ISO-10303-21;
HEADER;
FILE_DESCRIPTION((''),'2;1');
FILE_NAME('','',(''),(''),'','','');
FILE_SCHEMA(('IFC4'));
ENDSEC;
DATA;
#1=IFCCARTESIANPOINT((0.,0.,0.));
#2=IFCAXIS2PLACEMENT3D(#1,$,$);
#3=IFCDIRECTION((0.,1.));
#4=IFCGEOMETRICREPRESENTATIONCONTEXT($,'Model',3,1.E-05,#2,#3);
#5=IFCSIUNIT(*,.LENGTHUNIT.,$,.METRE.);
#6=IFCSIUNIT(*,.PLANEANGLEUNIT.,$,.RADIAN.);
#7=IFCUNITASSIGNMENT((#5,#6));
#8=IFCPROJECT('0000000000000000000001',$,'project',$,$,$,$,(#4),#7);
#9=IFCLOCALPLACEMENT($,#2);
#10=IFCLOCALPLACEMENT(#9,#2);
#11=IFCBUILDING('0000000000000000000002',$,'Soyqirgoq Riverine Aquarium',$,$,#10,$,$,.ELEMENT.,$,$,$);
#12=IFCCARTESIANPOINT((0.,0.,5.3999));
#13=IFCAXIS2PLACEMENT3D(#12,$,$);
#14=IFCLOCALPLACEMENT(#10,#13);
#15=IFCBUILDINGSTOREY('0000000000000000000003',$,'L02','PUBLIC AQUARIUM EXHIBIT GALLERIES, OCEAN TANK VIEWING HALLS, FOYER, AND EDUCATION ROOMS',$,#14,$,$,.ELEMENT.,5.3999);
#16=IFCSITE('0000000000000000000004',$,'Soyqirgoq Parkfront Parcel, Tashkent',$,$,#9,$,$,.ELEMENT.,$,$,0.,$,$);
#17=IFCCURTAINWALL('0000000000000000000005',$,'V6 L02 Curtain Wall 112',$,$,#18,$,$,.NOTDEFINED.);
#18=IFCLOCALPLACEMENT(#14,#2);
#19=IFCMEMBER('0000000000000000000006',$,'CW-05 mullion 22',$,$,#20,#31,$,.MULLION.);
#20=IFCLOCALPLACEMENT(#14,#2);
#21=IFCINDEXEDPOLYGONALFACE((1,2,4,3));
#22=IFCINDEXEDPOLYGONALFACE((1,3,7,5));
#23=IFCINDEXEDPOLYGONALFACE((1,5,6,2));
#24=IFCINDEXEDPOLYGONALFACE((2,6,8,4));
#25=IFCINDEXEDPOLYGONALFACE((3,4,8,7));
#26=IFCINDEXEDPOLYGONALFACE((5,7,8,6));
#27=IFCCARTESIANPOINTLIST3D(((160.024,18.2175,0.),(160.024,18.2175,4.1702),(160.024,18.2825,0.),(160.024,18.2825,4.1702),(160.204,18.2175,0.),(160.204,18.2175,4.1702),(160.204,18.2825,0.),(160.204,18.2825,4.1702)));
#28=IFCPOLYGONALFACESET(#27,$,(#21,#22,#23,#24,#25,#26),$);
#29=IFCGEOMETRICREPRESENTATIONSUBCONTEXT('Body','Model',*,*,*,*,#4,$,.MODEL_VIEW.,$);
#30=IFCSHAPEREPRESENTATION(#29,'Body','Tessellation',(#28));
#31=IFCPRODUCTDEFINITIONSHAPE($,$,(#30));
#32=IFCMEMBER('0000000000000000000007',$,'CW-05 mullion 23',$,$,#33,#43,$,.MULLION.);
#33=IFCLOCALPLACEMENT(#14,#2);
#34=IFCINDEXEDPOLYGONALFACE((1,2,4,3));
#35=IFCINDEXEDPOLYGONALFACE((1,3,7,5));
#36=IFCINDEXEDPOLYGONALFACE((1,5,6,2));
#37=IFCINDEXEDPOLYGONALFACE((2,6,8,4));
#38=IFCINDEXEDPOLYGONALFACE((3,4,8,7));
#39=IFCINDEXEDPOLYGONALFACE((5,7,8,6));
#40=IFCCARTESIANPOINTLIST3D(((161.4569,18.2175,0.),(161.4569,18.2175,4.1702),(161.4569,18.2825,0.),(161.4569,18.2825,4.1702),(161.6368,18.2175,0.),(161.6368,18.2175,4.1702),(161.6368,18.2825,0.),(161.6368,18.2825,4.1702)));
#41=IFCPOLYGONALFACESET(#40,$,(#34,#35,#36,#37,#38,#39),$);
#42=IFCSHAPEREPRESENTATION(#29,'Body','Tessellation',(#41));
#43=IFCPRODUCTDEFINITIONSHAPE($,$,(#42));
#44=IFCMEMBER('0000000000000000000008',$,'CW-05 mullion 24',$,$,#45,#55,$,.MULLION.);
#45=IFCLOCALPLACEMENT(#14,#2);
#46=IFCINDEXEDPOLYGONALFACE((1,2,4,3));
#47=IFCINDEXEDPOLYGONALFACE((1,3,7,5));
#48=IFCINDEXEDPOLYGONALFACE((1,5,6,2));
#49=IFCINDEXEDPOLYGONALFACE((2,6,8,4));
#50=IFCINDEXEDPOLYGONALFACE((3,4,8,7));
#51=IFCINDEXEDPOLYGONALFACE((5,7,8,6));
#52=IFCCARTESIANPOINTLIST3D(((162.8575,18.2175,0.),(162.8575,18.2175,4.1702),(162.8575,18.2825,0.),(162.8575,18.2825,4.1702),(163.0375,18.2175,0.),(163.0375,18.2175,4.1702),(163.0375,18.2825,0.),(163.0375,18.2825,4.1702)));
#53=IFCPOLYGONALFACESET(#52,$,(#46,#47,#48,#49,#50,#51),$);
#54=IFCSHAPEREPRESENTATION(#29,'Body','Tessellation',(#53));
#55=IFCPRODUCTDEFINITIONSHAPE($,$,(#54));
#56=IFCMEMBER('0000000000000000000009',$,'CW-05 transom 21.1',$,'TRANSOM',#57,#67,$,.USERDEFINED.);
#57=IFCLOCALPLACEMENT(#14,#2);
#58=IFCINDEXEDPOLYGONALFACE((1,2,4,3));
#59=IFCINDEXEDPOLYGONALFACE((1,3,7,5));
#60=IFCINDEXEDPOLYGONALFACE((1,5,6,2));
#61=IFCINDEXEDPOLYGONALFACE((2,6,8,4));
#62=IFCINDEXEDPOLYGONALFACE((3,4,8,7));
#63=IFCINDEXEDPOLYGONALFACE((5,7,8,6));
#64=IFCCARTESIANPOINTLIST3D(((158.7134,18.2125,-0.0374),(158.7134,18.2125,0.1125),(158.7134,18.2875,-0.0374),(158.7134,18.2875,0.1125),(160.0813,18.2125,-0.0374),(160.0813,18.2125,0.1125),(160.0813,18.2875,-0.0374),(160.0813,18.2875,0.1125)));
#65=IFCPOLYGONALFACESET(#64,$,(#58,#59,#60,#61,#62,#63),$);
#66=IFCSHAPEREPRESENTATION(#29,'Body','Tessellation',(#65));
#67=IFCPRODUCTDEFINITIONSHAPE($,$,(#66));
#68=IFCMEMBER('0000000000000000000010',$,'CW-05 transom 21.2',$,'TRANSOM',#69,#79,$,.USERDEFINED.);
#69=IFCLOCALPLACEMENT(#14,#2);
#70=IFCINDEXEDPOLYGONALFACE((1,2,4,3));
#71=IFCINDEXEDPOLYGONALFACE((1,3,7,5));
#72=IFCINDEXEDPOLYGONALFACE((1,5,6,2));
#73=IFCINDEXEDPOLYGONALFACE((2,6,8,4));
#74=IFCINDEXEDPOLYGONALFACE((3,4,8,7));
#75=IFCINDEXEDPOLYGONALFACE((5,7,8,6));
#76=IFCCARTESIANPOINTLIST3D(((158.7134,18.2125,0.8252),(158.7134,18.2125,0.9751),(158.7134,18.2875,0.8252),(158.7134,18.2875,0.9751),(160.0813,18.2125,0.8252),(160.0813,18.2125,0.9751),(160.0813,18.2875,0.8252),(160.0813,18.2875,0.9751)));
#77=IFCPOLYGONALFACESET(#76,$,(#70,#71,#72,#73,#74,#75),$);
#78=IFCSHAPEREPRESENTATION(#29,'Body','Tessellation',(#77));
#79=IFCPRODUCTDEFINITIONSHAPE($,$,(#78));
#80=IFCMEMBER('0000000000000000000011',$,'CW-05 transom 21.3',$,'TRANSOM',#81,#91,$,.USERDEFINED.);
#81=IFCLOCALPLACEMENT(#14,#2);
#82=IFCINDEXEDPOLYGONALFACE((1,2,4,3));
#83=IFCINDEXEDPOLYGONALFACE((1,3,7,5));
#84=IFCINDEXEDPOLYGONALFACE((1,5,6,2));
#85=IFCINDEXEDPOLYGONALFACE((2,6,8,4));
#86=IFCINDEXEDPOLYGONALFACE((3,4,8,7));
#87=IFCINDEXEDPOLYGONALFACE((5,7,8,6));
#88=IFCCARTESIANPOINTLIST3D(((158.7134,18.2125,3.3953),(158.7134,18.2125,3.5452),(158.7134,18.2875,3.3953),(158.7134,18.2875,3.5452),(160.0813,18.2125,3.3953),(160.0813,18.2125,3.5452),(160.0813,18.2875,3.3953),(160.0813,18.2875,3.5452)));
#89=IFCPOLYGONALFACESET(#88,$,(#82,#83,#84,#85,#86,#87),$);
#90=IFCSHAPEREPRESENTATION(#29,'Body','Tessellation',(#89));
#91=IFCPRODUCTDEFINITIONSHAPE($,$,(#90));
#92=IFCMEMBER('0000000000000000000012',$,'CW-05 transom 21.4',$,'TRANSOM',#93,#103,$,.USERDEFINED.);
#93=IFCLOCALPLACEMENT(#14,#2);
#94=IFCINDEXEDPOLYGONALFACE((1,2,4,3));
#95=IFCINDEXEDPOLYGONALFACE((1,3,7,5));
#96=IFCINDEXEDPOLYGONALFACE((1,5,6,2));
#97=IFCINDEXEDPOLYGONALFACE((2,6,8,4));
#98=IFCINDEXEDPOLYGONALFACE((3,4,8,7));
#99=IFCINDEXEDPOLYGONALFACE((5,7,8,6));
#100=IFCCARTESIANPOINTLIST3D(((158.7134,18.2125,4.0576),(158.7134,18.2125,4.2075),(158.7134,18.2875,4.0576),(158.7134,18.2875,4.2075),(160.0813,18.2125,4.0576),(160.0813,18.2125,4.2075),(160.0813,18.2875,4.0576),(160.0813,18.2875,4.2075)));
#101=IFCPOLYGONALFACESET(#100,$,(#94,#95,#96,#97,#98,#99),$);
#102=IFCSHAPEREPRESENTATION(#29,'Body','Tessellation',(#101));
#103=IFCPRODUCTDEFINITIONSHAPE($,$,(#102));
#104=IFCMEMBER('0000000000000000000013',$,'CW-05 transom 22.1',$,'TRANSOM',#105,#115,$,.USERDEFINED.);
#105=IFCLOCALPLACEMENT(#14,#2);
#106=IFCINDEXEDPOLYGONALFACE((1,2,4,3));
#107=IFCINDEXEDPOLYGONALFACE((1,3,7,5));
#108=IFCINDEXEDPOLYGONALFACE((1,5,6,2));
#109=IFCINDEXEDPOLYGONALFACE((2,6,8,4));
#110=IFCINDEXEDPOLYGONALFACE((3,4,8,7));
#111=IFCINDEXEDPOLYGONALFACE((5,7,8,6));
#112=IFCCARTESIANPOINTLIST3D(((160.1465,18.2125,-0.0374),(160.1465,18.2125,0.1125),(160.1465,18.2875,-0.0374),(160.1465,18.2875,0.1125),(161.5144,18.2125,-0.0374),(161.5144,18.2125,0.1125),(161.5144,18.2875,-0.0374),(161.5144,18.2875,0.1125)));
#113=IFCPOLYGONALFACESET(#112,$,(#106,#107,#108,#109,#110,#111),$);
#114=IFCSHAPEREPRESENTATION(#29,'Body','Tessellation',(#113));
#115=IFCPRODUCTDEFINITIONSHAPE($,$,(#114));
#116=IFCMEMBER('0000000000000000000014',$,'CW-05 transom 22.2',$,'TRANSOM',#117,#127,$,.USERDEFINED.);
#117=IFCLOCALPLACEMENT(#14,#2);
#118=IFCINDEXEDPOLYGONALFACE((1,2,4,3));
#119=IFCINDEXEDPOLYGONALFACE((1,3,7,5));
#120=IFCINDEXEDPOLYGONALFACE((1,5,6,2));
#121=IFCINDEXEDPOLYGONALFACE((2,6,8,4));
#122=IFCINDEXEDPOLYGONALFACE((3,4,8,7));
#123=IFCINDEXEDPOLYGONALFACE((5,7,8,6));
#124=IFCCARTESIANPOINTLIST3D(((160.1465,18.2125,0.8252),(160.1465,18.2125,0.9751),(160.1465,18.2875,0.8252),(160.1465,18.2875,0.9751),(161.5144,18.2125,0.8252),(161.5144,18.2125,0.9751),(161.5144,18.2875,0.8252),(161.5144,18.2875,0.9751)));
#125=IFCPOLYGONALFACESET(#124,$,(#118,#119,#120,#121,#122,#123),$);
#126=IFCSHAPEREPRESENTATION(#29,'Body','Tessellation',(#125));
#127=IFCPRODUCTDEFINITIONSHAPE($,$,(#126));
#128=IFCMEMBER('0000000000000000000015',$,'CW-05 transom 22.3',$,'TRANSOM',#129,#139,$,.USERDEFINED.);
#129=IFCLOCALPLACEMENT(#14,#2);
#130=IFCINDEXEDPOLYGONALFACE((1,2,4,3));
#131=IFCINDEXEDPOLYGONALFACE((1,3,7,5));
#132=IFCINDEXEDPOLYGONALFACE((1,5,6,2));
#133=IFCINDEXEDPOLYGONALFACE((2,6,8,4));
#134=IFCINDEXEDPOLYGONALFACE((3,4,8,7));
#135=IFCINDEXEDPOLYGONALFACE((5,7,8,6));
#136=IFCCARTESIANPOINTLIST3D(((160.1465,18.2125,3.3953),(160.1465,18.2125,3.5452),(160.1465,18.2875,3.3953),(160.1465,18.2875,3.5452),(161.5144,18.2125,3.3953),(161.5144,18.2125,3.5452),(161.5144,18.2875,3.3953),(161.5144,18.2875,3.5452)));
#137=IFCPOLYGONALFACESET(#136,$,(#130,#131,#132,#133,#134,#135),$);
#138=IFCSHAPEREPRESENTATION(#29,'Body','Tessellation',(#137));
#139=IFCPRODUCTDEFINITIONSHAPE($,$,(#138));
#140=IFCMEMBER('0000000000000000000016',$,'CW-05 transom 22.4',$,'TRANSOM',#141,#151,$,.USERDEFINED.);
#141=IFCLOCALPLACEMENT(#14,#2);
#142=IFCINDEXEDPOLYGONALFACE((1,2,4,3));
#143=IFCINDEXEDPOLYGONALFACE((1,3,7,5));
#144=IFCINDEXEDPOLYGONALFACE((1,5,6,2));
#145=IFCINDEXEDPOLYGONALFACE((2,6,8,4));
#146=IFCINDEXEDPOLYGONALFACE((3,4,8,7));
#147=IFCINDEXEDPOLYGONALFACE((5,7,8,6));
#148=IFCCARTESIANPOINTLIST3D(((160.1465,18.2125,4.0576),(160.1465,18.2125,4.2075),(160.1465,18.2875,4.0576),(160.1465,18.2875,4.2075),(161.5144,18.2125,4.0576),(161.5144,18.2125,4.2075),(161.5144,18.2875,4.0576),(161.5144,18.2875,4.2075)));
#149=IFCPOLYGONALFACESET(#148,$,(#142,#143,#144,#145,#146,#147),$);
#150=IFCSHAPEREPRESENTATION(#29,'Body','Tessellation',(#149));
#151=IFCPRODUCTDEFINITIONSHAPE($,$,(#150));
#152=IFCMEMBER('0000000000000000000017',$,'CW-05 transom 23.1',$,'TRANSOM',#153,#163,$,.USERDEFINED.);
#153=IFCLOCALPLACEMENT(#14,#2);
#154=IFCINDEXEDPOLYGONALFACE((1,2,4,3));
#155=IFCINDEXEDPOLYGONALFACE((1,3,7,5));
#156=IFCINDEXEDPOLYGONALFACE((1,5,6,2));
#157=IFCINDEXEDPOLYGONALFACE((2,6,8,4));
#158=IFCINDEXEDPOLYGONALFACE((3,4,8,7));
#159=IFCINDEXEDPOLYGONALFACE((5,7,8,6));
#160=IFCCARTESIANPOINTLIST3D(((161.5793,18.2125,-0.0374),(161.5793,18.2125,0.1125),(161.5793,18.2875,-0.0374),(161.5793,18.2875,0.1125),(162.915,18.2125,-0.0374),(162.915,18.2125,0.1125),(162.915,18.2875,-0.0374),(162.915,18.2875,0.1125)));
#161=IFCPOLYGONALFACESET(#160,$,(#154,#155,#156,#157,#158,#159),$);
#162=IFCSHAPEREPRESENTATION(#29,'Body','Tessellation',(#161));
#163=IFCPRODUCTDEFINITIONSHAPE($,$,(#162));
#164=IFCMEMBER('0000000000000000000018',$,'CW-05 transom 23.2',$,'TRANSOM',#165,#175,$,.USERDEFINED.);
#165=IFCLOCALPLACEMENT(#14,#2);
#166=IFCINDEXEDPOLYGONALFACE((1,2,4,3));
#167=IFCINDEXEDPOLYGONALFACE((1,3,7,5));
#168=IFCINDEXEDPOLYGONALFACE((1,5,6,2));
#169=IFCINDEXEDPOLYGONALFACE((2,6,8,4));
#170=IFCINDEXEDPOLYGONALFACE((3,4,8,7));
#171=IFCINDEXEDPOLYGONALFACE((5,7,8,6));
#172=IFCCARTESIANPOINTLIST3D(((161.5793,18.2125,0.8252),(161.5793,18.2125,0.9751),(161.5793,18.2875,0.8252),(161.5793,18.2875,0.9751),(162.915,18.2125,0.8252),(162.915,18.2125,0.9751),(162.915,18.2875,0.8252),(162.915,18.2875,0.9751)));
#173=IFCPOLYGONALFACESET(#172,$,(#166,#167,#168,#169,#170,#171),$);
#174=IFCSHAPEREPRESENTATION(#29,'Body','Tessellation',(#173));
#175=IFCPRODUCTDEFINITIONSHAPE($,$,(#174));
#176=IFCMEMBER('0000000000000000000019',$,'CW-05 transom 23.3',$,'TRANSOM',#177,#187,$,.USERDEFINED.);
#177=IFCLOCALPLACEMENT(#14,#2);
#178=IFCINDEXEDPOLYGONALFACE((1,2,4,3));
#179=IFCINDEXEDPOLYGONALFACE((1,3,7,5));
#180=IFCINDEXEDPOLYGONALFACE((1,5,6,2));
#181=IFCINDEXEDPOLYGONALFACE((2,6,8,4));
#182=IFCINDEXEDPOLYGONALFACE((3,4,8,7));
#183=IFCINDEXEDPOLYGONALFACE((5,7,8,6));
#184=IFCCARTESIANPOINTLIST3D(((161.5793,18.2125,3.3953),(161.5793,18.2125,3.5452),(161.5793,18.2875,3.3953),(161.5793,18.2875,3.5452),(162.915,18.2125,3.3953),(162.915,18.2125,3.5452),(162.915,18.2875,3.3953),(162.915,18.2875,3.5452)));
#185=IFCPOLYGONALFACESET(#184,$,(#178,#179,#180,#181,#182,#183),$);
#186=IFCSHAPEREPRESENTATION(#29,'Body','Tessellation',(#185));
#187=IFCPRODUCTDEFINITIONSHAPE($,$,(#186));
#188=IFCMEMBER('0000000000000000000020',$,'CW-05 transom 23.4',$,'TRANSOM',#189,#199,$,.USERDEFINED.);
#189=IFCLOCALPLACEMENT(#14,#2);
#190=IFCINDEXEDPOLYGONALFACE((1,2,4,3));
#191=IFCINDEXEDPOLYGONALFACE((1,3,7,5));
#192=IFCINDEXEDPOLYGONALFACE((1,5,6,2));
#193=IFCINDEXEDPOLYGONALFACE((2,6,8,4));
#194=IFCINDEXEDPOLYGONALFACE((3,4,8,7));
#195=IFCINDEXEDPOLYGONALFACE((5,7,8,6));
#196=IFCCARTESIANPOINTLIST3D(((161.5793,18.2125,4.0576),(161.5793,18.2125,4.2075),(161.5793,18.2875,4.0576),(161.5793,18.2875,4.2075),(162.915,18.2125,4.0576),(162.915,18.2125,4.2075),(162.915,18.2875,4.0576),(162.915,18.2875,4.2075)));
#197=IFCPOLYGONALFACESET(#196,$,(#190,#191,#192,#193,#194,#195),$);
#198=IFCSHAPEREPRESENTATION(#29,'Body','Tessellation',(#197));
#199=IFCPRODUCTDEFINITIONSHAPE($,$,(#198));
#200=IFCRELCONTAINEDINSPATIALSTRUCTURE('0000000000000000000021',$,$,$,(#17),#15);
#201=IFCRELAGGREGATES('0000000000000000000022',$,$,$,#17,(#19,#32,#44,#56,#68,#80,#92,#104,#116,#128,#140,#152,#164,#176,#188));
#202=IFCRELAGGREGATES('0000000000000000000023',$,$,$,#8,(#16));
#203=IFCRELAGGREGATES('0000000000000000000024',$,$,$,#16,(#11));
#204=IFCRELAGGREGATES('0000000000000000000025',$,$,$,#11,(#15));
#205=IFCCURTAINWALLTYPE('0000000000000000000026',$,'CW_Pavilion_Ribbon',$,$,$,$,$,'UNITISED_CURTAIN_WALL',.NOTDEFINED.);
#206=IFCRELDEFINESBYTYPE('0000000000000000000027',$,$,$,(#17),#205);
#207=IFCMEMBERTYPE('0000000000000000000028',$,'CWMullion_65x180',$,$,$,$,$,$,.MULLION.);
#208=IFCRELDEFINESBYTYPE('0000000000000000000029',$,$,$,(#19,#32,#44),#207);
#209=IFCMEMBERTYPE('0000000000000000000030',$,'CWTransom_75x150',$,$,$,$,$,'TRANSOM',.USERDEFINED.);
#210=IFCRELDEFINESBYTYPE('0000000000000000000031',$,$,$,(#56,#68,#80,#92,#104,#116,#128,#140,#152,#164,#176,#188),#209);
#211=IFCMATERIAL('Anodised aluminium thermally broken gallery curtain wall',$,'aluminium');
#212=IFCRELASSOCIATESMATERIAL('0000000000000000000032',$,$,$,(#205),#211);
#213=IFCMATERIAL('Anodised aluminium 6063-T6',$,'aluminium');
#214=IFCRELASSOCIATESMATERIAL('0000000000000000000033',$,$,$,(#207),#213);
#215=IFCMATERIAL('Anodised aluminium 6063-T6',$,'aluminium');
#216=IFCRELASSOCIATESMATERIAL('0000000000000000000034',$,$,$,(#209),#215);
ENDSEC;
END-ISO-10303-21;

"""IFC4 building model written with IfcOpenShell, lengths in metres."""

from ifc_helpers import new_model, si_unit, direction, frame, origin, origin_2d, place, context, subcontext, project, spatial, rectangle, extrude, material, material_profile, profile_set, type_object, element, aggregate, save


model = new_model("IFC4")

# Units and contexts
model_context = context("Model", 3, precision=1e-05, world=origin(), true_north=direction((0.0, 1.0)))
body_context = subcontext(model_context, "Body", "Model", "MODEL_VIEW")
ifc_project = project(units=[si_unit("LENGTHUNIT", "METRE"), si_unit("PLANEANGLEUNIT", "RADIAN")], contexts=[model_context])

# Site, building, storey
site_placement = place(None, origin())
site = spatial("IfcSite", under=ifc_project, at=site_placement, Name="Soyqirgoq Parkfront Parcel, Tashkent", CompositionType="ELEMENT", RefElevation=0.0)
building_placement = place(site_placement, origin())
building = spatial("IfcBuilding", under=site, at=building_placement, Name="Soyqirgoq Riverine Aquarium", CompositionType="ELEMENT")
storey_placement = place(building_placement, frame((0.0, 0.0, 5.3999)))
storey = spatial("IfcBuildingStorey", under=building, at=storey_placement, Name="L02", Description="PUBLIC AQUARIUM EXHIBIT GALLERIES, OCEAN TANK VIEWING HALLS, FOYER, AND EDUCATION ROOMS", CompositionType="ELEMENT", Elevation=5.3999)

# Curtain wall, members
ifc_material_1 = material(Name="Anodised aluminium thermally broken gallery curtain wall", Category="aluminium")
curtain_wall_type = type_object("IfcCurtainWallType", Name="CW_Pavilion_Ribbon", ElementType="UNITISED_CURTAIN_WALL", PredefinedType="NOTDEFINED", material=ifc_material_1)
curtain_wall_placement = place(storey_placement, origin())
curtain_wall = element("IfcCurtainWall", 1, at=curtain_wall_placement, inside=storey, type_object=curtain_wall_type, Name="V6 L02 Curtain Wall 112", PredefinedType="NOTDEFINED")
ifc_material_2 = material(Name="Anodised aluminium 6063-T6", Category="aluminium")
ifc_material_profile_1 = material_profile(ifc_material_2, rectangle(XDim=0.0649, YDim=0.1799, at=origin_2d()), Name="ALU-M 65x180")
ifc_profile_set_1 = profile_set([ifc_material_profile_1], Name="Anodised aluminium 6063-T6")
member_type_1 = type_object("IfcMemberType", Name="CWMullion_65x180", PredefinedType="MULLION", material=ifc_profile_set_1)
member_1_placement = place(storey_placement, frame((160.114, 18.25, 0.0), z_axis=(0.0, 0.0, 1.0), x_axis=(0.0, 1.0, 0.0)))
member_1 = element("IfcMember", 2, at=member_1_placement, type_object=member_type_1, Name="CW-05 mullion 22", PredefinedType="MULLION", context=body_context, shape_type="SweptSolid", body=[
    extrude(rectangle(XDim=0.0649, YDim=0.1799, at=origin_2d()), origin(), (0.0, 0.0, 1.0), 4.1702),
])
member_2_placement = place(storey_placement, frame((161.5469, 18.25, 0.0), z_axis=(0.0, 0.0, 1.0), x_axis=(0.0, 1.0, 0.0)))
member_2 = element("IfcMember", 3, at=member_2_placement, type_object=member_type_1, Name="CW-05 mullion 23", PredefinedType="MULLION", context=body_context, shape_type="SweptSolid", body=[
    extrude(rectangle(XDim=0.0649, YDim=0.1799, at=origin_2d()), origin(), (0.0, 0.0, 1.0), 4.1702),
])
member_3_placement = place(storey_placement, frame((162.9475, 18.25, 0.0), z_axis=(0.0, 0.0, 1.0), x_axis=(0.0, 1.0, 0.0)))
member_3 = element("IfcMember", 4, at=member_3_placement, type_object=member_type_1, Name="CW-05 mullion 24", PredefinedType="MULLION", context=body_context, shape_type="SweptSolid", body=[
    extrude(rectangle(XDim=0.0649, YDim=0.1799, at=origin_2d()), origin(), (0.0, 0.0, 1.0), 4.1702),
])
ifc_material_3 = material(Name="Anodised aluminium 6063-T6", Category="aluminium")
ifc_material_profile_2 = material_profile(ifc_material_3, rectangle(XDim=0.075, YDim=0.1499, at=origin_2d()), Name="ALU-T 75x150")
ifc_profile_set_2 = profile_set([ifc_material_profile_2], Name="Anodised aluminium 6063-T6")
member_type_2 = type_object("IfcMemberType", Name="CWTransom_75x150", ElementType="TRANSOM", PredefinedType="USERDEFINED", material=ifc_profile_set_2)
member_4_placement = place(storey_placement, frame((158.7134, 18.25, 0.0376), z_axis=(1.0, 0.0, 0.0), x_axis=(0.0, 1.0, 0.0)))
member_4 = element("IfcMember", 5, at=member_4_placement, type_object=member_type_2, Name="CW-05 transom 21.1", ObjectType="TRANSOM", PredefinedType="USERDEFINED", context=body_context, shape_type="SweptSolid", body=[
    extrude(rectangle(XDim=0.075, YDim=0.1499, at=origin_2d()), origin(), (0.0, 0.0, 1.0), 1.3679),
])
member_5_placement = place(storey_placement, frame((158.7134, 18.25, 0.9001), z_axis=(1.0, 0.0, 0.0), x_axis=(0.0, 1.0, 0.0)))
member_5 = element("IfcMember", 6, at=member_5_placement, type_object=member_type_2, Name="CW-05 transom 21.2", ObjectType="TRANSOM", PredefinedType="USERDEFINED", context=body_context, shape_type="SweptSolid", body=[
    extrude(rectangle(XDim=0.075, YDim=0.1499, at=origin_2d()), origin(), (0.0, 0.0, 1.0), 1.3679),
])
member_6_placement = place(storey_placement, frame((158.7134, 18.25, 3.4702), z_axis=(1.0, 0.0, 0.0), x_axis=(0.0, 1.0, 0.0)))
member_6 = element("IfcMember", 7, at=member_6_placement, type_object=member_type_2, Name="CW-05 transom 21.3", ObjectType="TRANSOM", PredefinedType="USERDEFINED", context=body_context, shape_type="SweptSolid", body=[
    extrude(rectangle(XDim=0.075, YDim=0.1499, at=origin_2d()), origin(), (0.0, 0.0, 1.0), 1.3679),
])
member_7_placement = place(storey_placement, frame((158.7134, 18.25, 4.1326), z_axis=(1.0, 0.0, 0.0), x_axis=(0.0, 1.0, 0.0)))
member_7 = element("IfcMember", 8, at=member_7_placement, type_object=member_type_2, Name="CW-05 transom 21.4", ObjectType="TRANSOM", PredefinedType="USERDEFINED", context=body_context, shape_type="SweptSolid", body=[
    extrude(rectangle(XDim=0.075, YDim=0.1499, at=origin_2d()), origin(), (0.0, 0.0, 1.0), 1.3679),
])
member_8_placement = place(storey_placement, frame((160.1465, 18.25, 0.0376), z_axis=(1.0, 0.0, 0.0), x_axis=(0.0, 1.0, 0.0)))
member_8 = element("IfcMember", 9, at=member_8_placement, type_object=member_type_2, Name="CW-05 transom 22.1", ObjectType="TRANSOM", PredefinedType="USERDEFINED", context=body_context, shape_type="SweptSolid", body=[
    extrude(rectangle(XDim=0.075, YDim=0.1499, at=origin_2d()), origin(), (0.0, 0.0, 1.0), 1.3679),
])
member_9_placement = place(storey_placement, frame((160.1465, 18.25, 0.9001), z_axis=(1.0, 0.0, 0.0), x_axis=(0.0, 1.0, 0.0)))
member_9 = element("IfcMember", 10, at=member_9_placement, type_object=member_type_2, Name="CW-05 transom 22.2", ObjectType="TRANSOM", PredefinedType="USERDEFINED", context=body_context, shape_type="SweptSolid", body=[
    extrude(rectangle(XDim=0.075, YDim=0.1499, at=origin_2d()), origin(), (0.0, 0.0, 1.0), 1.3679),
])
member_10_placement = place(storey_placement, frame((160.1465, 18.25, 3.4702), z_axis=(1.0, 0.0, 0.0), x_axis=(0.0, 1.0, 0.0)))
member_10 = element("IfcMember", 11, at=member_10_placement, type_object=member_type_2, Name="CW-05 transom 22.3", ObjectType="TRANSOM", PredefinedType="USERDEFINED", context=body_context, shape_type="SweptSolid", body=[
    extrude(rectangle(XDim=0.075, YDim=0.1499, at=origin_2d()), origin(), (0.0, 0.0, 1.0), 1.3679),
])
member_11_placement = place(storey_placement, frame((160.1465, 18.25, 4.1326), z_axis=(1.0, 0.0, 0.0), x_axis=(0.0, 1.0, 0.0)))
member_11 = element("IfcMember", 12, at=member_11_placement, type_object=member_type_2, Name="CW-05 transom 22.4", ObjectType="TRANSOM", PredefinedType="USERDEFINED", context=body_context, shape_type="SweptSolid", body=[
    extrude(rectangle(XDim=0.075, YDim=0.1499, at=origin_2d()), origin(), (0.0, 0.0, 1.0), 1.3679),
])
member_12_placement = place(storey_placement, frame((161.5793, 18.25, 0.0376), z_axis=(1.0, 0.0, 0.0), x_axis=(0.0, 1.0, 0.0)))
member_12 = element("IfcMember", 13, at=member_12_placement, type_object=member_type_2, Name="CW-05 transom 23.1", ObjectType="TRANSOM", PredefinedType="USERDEFINED", context=body_context, shape_type="SweptSolid", body=[
    extrude(rectangle(XDim=0.075, YDim=0.1499, at=origin_2d()), origin(), (0.0, 0.0, 1.0), 1.3357),
])
member_13_placement = place(storey_placement, frame((161.5793, 18.25, 0.9001), z_axis=(1.0, 0.0, 0.0), x_axis=(0.0, 1.0, 0.0)))
member_13 = element("IfcMember", 14, at=member_13_placement, type_object=member_type_2, Name="CW-05 transom 23.2", ObjectType="TRANSOM", PredefinedType="USERDEFINED", context=body_context, shape_type="SweptSolid", body=[
    extrude(rectangle(XDim=0.075, YDim=0.1499, at=origin_2d()), origin(), (0.0, 0.0, 1.0), 1.3357),
])
member_14_placement = place(storey_placement, frame((161.5793, 18.25, 3.4702), z_axis=(1.0, 0.0, 0.0), x_axis=(0.0, 1.0, 0.0)))
member_14 = element("IfcMember", 15, at=member_14_placement, type_object=member_type_2, Name="CW-05 transom 23.3", ObjectType="TRANSOM", PredefinedType="USERDEFINED", context=body_context, shape_type="SweptSolid", body=[
    extrude(rectangle(XDim=0.075, YDim=0.1499, at=origin_2d()), origin(), (0.0, 0.0, 1.0), 1.3357),
])
member_15_placement = place(storey_placement, frame((161.5793, 18.25, 4.1326), z_axis=(1.0, 0.0, 0.0), x_axis=(0.0, 1.0, 0.0)))
member_15 = element("IfcMember", 16, at=member_15_placement, type_object=member_type_2, Name="CW-05 transom 23.4", ObjectType="TRANSOM", PredefinedType="USERDEFINED", context=body_context, shape_type="SweptSolid", body=[
    extrude(rectangle(XDim=0.075, YDim=0.1499, at=origin_2d()), origin(), (0.0, 0.0, 1.0), 1.3357),
])
aggregate(curtain_wall, [member_1, member_2, member_3, member_4, member_5, member_6, member_7, member_8, member_9, member_10, member_11, member_12, member_13, member_14, member_15])

save(model, "model.ifc")
